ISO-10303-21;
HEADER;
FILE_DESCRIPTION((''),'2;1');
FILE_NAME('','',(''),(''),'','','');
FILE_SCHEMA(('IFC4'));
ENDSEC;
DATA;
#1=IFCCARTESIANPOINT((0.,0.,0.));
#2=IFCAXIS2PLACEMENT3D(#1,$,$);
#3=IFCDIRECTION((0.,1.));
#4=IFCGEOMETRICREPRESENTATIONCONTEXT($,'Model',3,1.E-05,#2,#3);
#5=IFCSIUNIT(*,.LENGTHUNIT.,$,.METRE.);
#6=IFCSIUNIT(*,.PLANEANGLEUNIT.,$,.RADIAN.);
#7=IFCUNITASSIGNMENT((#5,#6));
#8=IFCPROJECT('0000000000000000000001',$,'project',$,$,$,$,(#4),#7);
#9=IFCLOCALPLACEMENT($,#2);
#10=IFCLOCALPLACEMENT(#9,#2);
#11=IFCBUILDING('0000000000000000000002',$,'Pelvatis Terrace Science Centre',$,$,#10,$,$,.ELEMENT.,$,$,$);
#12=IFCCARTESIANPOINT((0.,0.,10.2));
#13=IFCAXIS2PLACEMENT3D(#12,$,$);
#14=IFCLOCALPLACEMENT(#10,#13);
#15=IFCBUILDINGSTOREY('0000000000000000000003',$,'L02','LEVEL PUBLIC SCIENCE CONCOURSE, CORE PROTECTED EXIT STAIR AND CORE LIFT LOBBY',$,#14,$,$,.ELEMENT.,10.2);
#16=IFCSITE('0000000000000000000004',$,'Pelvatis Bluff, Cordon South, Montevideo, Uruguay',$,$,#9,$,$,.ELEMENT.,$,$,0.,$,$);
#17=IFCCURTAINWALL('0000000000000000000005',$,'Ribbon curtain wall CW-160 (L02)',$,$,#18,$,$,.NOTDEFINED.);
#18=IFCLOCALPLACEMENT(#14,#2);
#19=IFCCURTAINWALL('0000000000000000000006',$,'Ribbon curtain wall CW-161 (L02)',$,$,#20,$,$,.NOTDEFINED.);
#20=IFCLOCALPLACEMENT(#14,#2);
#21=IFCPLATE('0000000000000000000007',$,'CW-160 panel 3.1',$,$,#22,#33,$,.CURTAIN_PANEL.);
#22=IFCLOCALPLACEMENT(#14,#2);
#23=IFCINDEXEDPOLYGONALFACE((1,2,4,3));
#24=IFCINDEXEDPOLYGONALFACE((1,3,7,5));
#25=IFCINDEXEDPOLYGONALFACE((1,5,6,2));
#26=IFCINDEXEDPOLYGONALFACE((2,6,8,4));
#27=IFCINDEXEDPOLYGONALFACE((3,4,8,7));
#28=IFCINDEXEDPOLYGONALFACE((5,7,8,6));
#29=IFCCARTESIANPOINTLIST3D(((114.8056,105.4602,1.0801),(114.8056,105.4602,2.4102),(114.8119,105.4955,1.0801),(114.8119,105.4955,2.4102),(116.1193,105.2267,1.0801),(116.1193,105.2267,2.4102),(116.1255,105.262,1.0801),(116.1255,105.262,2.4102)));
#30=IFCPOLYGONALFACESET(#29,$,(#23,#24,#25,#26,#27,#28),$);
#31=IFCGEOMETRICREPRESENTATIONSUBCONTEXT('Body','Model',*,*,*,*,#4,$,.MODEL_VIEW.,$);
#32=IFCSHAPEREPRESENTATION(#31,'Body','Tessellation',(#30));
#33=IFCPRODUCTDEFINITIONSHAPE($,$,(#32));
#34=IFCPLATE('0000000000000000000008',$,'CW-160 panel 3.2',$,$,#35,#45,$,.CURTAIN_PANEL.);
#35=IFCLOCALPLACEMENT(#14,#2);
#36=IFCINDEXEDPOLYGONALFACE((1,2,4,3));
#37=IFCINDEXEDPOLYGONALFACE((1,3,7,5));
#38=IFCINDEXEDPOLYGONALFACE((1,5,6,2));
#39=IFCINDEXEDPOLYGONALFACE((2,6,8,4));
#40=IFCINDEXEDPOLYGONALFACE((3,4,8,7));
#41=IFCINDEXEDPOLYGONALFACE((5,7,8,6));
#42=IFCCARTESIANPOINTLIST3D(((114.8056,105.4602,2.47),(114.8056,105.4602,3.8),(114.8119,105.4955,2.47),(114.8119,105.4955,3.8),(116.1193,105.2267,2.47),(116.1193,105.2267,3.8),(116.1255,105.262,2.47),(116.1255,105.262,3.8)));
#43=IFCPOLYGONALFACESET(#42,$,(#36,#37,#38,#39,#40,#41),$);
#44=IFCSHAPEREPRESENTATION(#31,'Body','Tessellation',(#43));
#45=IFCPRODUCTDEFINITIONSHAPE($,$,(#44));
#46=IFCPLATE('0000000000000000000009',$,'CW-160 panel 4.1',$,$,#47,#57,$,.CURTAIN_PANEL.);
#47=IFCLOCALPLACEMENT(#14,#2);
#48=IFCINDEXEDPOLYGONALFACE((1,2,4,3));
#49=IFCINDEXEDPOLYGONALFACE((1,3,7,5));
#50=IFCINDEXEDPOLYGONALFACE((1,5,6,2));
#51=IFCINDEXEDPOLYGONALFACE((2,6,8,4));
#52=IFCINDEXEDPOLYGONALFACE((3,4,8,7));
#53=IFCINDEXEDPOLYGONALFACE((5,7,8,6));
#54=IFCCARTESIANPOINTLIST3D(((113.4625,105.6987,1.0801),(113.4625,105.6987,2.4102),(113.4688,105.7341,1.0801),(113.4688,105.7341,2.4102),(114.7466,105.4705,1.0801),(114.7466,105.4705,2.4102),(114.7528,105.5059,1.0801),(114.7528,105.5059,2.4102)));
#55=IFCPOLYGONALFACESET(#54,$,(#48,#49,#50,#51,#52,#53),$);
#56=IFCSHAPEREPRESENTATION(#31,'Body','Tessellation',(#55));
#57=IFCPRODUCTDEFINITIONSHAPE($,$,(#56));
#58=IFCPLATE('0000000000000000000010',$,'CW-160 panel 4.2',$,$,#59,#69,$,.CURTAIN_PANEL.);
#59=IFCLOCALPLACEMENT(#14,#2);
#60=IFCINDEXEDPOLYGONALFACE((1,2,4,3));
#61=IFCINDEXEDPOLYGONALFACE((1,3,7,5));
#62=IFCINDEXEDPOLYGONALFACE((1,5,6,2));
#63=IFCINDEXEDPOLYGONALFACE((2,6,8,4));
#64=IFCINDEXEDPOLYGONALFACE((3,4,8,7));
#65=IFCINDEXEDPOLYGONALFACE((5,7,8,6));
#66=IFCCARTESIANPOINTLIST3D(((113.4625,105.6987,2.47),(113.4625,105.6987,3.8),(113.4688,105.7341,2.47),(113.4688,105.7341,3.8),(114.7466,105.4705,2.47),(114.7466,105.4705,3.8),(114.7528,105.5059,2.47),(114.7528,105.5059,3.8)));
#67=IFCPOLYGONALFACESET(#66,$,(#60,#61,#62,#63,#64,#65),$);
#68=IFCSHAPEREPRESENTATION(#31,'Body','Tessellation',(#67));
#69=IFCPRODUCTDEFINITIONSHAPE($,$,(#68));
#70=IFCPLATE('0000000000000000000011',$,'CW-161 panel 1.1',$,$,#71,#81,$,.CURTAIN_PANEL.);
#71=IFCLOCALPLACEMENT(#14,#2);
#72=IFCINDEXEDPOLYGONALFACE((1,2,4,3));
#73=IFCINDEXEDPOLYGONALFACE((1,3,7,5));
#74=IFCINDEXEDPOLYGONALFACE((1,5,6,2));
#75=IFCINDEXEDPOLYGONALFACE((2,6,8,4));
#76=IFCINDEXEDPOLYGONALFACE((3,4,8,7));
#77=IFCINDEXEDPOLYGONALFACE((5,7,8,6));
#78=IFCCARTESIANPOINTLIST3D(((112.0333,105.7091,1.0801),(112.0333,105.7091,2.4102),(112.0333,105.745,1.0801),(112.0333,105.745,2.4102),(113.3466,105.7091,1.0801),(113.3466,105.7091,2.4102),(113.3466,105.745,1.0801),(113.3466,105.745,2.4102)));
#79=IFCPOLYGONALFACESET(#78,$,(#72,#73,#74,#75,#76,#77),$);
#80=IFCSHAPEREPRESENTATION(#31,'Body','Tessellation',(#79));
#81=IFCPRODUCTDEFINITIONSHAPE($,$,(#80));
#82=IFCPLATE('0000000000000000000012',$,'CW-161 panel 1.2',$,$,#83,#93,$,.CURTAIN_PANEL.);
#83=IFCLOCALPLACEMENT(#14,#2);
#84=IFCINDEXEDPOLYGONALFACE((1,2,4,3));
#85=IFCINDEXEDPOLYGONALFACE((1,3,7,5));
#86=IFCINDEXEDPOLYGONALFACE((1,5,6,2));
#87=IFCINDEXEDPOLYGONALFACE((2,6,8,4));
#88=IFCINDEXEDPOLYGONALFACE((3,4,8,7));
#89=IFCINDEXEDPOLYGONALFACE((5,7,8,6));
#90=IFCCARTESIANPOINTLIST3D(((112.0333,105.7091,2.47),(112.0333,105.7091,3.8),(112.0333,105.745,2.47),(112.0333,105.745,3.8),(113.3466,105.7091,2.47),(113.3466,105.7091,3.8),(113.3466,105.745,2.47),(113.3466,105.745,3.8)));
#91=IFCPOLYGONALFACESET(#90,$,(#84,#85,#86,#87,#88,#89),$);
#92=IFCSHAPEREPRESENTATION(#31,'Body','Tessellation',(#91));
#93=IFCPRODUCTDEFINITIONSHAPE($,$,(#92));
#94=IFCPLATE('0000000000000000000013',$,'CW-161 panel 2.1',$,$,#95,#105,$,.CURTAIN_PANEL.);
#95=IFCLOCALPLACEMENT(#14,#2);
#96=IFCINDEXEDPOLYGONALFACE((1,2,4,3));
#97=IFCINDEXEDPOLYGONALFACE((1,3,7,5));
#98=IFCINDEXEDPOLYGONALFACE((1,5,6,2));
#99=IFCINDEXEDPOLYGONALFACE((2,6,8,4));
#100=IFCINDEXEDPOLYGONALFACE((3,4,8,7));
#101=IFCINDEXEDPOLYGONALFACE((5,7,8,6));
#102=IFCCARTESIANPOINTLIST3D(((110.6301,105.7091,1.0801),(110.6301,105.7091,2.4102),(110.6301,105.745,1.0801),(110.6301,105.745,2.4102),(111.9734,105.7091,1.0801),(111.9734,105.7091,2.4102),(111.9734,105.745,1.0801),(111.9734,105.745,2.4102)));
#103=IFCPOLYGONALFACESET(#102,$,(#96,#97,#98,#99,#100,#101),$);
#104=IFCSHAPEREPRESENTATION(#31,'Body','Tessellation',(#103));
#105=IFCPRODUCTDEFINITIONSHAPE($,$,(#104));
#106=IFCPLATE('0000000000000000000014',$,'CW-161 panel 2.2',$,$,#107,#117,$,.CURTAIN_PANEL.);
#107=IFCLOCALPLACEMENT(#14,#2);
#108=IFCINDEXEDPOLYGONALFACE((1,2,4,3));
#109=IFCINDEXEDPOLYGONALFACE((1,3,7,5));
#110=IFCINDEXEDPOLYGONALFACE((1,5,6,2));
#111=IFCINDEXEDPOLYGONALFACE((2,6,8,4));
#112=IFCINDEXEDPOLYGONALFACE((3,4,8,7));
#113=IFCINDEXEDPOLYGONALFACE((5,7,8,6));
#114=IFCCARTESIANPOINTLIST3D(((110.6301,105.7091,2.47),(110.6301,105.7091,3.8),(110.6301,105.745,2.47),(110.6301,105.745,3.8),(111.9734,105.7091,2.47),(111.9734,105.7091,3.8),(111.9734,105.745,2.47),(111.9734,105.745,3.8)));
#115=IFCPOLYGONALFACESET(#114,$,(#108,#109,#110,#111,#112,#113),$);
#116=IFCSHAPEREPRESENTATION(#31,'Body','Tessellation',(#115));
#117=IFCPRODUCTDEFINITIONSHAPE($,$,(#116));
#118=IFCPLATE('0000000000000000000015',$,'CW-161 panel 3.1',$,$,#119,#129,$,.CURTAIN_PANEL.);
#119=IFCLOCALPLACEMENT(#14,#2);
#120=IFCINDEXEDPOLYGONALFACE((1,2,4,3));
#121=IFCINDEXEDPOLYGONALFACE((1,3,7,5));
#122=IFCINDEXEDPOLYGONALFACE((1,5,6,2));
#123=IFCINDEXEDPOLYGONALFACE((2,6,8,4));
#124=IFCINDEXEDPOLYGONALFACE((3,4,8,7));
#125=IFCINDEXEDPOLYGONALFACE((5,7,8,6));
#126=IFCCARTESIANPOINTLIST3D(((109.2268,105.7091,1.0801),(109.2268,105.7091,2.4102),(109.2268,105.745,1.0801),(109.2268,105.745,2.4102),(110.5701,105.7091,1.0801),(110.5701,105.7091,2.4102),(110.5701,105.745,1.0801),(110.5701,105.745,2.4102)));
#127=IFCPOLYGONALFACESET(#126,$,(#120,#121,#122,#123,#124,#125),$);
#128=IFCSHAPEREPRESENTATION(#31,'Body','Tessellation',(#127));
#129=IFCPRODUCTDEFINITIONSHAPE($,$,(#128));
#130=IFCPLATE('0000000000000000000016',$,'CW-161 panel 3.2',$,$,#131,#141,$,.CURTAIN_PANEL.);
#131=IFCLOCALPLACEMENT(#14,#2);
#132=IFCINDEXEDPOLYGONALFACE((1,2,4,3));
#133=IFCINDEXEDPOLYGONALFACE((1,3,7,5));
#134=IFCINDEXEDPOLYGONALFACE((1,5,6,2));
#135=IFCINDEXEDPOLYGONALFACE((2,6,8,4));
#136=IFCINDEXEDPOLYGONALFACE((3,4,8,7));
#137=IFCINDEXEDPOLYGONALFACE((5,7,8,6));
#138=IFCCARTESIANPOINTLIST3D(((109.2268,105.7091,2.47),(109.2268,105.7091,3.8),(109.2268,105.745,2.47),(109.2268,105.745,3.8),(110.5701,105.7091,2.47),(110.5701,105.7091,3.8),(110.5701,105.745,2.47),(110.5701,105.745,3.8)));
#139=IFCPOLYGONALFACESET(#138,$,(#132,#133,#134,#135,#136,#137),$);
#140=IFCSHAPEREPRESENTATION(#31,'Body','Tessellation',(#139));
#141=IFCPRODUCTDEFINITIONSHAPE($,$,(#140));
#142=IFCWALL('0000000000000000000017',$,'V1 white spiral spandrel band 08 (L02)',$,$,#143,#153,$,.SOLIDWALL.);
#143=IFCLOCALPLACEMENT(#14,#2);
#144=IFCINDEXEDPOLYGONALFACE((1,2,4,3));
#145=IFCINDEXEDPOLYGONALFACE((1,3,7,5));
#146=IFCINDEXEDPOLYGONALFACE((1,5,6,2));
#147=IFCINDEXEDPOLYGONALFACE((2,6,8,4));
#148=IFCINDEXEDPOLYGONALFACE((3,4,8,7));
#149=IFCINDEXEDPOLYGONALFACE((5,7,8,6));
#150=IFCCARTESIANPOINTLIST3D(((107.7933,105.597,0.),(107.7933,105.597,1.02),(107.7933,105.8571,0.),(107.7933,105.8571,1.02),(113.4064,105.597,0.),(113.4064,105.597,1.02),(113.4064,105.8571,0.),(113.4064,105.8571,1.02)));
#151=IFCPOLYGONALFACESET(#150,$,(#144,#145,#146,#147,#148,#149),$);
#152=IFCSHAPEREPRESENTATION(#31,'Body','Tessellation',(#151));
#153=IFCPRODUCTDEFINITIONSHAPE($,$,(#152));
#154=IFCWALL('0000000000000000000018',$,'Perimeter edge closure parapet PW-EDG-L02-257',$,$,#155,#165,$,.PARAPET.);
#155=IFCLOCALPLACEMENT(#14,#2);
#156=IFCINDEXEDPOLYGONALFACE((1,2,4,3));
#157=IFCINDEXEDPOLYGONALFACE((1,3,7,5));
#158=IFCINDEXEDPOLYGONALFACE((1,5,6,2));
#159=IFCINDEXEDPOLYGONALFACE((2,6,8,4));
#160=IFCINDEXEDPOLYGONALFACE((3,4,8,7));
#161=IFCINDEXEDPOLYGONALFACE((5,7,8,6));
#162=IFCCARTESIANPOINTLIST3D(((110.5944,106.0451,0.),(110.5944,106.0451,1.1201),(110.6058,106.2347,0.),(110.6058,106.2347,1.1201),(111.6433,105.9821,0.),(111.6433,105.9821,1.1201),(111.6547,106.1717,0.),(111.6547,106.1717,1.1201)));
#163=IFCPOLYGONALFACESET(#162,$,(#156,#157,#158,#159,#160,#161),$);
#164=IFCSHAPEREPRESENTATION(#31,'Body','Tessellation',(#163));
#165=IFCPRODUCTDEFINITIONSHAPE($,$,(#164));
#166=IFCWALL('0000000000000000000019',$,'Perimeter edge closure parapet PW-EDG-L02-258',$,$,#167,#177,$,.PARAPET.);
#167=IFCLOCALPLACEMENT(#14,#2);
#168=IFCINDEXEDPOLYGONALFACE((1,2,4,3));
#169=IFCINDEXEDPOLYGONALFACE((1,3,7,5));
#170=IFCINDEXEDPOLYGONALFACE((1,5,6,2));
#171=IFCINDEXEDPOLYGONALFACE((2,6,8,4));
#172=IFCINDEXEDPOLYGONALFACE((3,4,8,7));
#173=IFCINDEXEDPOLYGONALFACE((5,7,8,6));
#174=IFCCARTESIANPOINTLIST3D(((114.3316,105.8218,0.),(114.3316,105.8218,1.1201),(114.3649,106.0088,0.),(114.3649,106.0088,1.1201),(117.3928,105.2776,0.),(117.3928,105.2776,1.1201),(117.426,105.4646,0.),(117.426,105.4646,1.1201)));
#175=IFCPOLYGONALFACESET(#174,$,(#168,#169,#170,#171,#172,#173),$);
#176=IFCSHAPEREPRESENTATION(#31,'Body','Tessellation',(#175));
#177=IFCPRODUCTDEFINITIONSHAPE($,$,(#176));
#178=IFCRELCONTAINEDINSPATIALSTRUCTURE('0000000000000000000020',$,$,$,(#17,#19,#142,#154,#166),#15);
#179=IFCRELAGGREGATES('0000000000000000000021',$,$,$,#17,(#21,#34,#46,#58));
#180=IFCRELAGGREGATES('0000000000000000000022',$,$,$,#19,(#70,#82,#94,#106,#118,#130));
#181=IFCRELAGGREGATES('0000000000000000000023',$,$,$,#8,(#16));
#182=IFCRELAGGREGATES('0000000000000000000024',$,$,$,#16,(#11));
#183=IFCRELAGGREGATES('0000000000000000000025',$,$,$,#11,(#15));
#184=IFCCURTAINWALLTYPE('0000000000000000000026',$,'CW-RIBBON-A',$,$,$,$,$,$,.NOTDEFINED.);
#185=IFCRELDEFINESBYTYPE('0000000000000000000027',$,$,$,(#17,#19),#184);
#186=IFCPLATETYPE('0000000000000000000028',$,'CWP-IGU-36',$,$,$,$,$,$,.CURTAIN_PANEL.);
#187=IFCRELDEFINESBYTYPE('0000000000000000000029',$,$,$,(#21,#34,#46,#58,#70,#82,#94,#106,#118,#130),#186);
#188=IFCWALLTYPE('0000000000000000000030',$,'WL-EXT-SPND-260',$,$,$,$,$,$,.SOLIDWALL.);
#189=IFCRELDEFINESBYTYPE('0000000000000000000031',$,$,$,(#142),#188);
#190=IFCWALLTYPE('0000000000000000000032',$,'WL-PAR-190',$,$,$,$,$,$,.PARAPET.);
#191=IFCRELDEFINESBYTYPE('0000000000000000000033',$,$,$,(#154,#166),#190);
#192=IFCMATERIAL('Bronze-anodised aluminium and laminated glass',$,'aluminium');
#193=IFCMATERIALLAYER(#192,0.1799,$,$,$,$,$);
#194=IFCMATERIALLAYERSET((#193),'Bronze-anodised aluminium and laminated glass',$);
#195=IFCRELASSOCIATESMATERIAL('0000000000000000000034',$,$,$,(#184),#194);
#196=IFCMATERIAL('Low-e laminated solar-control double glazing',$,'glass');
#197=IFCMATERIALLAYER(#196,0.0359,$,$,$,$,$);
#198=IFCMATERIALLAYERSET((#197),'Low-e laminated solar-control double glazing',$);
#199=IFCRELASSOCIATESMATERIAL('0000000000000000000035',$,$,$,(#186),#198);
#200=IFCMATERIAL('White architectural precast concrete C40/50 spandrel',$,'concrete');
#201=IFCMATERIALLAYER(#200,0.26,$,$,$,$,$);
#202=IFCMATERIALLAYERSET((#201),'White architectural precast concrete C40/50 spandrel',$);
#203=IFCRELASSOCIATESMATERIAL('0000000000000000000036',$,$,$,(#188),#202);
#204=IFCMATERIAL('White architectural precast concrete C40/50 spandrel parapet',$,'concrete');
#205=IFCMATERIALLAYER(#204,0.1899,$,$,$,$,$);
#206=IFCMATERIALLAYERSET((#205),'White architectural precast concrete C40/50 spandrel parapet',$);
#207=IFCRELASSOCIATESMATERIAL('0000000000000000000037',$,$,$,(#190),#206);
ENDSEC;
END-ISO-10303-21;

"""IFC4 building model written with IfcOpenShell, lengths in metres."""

from ifc_helpers import new_model, si_unit, direction, frame, frame_2d, origin, origin_2d, place, context, subcontext, project, spatial, rectangle, extrude, material, layer, layer_set, type_object, element, aggregate, save


model = new_model("IFC4")

# Units and contexts
model_context = context("Model", 3, precision=1e-05, world=origin(), true_north=direction((0.0, 1.0)))
body_context = subcontext(model_context, "Body", "Model", "MODEL_VIEW")
ifc_project = project(units=[si_unit("LENGTHUNIT", "METRE"), si_unit("PLANEANGLEUNIT", "RADIAN")], contexts=[model_context])

# Site, building, storey
site_placement = place(None, origin())
site = spatial("IfcSite", under=ifc_project, at=site_placement, Name="Pelvatis Bluff, Cordon South, Montevideo, Uruguay", CompositionType="ELEMENT", RefElevation=0.0)
building_placement = place(site_placement, origin())
building = spatial("IfcBuilding", under=site, at=building_placement, Name="Pelvatis Terrace Science Centre", CompositionType="ELEMENT")
storey_placement = place(building_placement, frame((0.0, 0.0, 10.2)))
storey = spatial("IfcBuildingStorey", under=building, at=storey_placement, Name="L02", Description="LEVEL PUBLIC SCIENCE CONCOURSE, CORE PROTECTED EXIT STAIR AND CORE LIFT LOBBY", CompositionType="ELEMENT", Elevation=10.2)

# Curtain walls
ifc_material_1 = material(Name="Bronze-anodised aluminium and laminated glass", Category="aluminium")
ifc_layer_1 = layer(ifc_material_1, 0.1799)
ifc_layer_set_1 = layer_set([ifc_layer_1], Name="Bronze-anodised aluminium and laminated glass")
curtain_wall_type = type_object("IfcCurtainWallType", Name="CW-RIBBON-A", PredefinedType="NOTDEFINED", material=ifc_layer_set_1)
curtain_wall_1_placement = place(storey_placement, origin())
curtain_wall_1 = element("IfcCurtainWall", 1, at=curtain_wall_1_placement, inside=storey, type_object=curtain_wall_type, Name="Ribbon curtain wall CW-160 (L02)", PredefinedType="NOTDEFINED")
curtain_wall_2_placement = place(storey_placement, origin())
curtain_wall_2 = element("IfcCurtainWall", 2, at=curtain_wall_2_placement, inside=storey, type_object=curtain_wall_type, Name="Ribbon curtain wall CW-161 (L02)", PredefinedType="NOTDEFINED")

# Plates
ifc_material_2 = material(Name="Low-e laminated solar-control double glazing", Category="glass")
ifc_layer_2 = layer(ifc_material_2, 0.0359)
ifc_layer_set_2 = layer_set([ifc_layer_2], Name="Low-e laminated solar-control double glazing")
plate_type = type_object("IfcPlateType", Name="CWP-IGU-36", PredefinedType="CURTAIN_PANEL", material=ifc_layer_set_2)
plate_1_placement = place(storey_placement, frame((115.4656, 105.3611, 1.0801), z_axis=(0.0, 0.0, 1.0), x_axis=(-0.984571, 0.174983, 0.0)))
plate_1 = element("IfcPlate", 3, at=plate_1_placement, type_object=plate_type, Name="CW-160 panel 3.1", PredefinedType="CURTAIN_PANEL", context=body_context, shape_type="SweptSolid", body=[
    extrude(rectangle(XDim=1.3342, YDim=0.0359, at=origin_2d()), origin(), (0.0, 0.0, 1.0), 1.3301),
])
plate_2_placement = place(storey_placement, frame((115.4656, 105.3611, 2.47), z_axis=(0.0, 0.0, 1.0), x_axis=(-0.984571, 0.174983, 0.0)))
plate_2 = element("IfcPlate", 4, at=plate_2_placement, type_object=plate_type, Name="CW-160 panel 3.2", PredefinedType="CURTAIN_PANEL", context=body_context, shape_type="SweptSolid", body=[
    extrude(rectangle(XDim=1.3342, YDim=0.0359, at=origin_2d()), origin(), (0.0, 0.0, 1.0), 1.3301),
])
plate_3_placement = place(storey_placement, frame((114.1077, 105.6023, 1.0801), z_axis=(0.0, 0.0, 1.0), x_axis=(-0.984571, 0.174983, 0.0)))
plate_3 = element("IfcPlate", 5, at=plate_3_placement, type_object=plate_type, Name="CW-160 panel 4.1", PredefinedType="CURTAIN_PANEL", context=body_context, shape_type="SweptSolid", body=[
    extrude(rectangle(XDim=1.3042, YDim=0.0359, at=origin_2d()), origin(), (0.0, 0.0, 1.0), 1.3301),
])
plate_4_placement = place(storey_placement, frame((114.1077, 105.6023, 2.47), z_axis=(0.0, 0.0, 1.0), x_axis=(-0.984571, 0.174983, 0.0)))
plate_4 = element("IfcPlate", 6, at=plate_4_placement, type_object=plate_type, Name="CW-160 panel 4.2", PredefinedType="CURTAIN_PANEL", context=body_context, shape_type="SweptSolid", body=[
    extrude(rectangle(XDim=1.3042, YDim=0.0359, at=origin_2d()), origin(), (0.0, 0.0, 1.0), 1.3301),
])
aggregate(curtain_wall_1, [plate_1, plate_2, plate_3, plate_4])
plate_5_placement = place(storey_placement, frame((112.6899, 105.7271, 1.0801), z_axis=(0.0, 0.0, 1.0), x_axis=(-1.0, 0.0, 0.0)))
plate_5 = element("IfcPlate", 7, at=plate_5_placement, type_object=plate_type, Name="CW-161 panel 1.1", PredefinedType="CURTAIN_PANEL", context=body_context, shape_type="SweptSolid", body=[
    extrude(rectangle(XDim=1.3132, YDim=0.0359, at=origin_2d()), origin(), (0.0, 0.0, 1.0), 1.3301),
])
plate_6_placement = place(storey_placement, frame((112.6899, 105.7271, 2.47), z_axis=(0.0, 0.0, 1.0), x_axis=(-1.0, 0.0, 0.0)))
plate_6 = element("IfcPlate", 8, at=plate_6_placement, type_object=plate_type, Name="CW-161 panel 1.2", PredefinedType="CURTAIN_PANEL", context=body_context, shape_type="SweptSolid", body=[
    extrude(rectangle(XDim=1.3132, YDim=0.0359, at=origin_2d()), origin(), (0.0, 0.0, 1.0), 1.3301),
])
plate_7_placement = place(storey_placement, frame((111.3018, 105.7271, 1.0801), z_axis=(0.0, 0.0, 1.0), x_axis=(-1.0, 0.0, 0.0)))
plate_7 = element("IfcPlate", 9, at=plate_7_placement, type_object=plate_type, Name="CW-161 panel 2.1", PredefinedType="CURTAIN_PANEL", context=body_context, shape_type="SweptSolid", body=[
    extrude(rectangle(XDim=1.3433, YDim=0.0359, at=origin_2d()), origin(), (0.0, 0.0, 1.0), 1.3301),
])
plate_8_placement = place(storey_placement, frame((111.3018, 105.7271, 2.47), z_axis=(0.0, 0.0, 1.0), x_axis=(-1.0, 0.0, 0.0)))
plate_8 = element("IfcPlate", 10, at=plate_8_placement, type_object=plate_type, Name="CW-161 panel 2.2", PredefinedType="CURTAIN_PANEL", context=body_context, shape_type="SweptSolid", body=[
    extrude(rectangle(XDim=1.3433, YDim=0.0359, at=origin_2d()), origin(), (0.0, 0.0, 1.0), 1.3301),
])
plate_9_placement = place(storey_placement, frame((109.8984, 105.7271, 1.0801), z_axis=(0.0, 0.0, 1.0), x_axis=(-1.0, 0.0, 0.0)))
plate_9 = element("IfcPlate", 11, at=plate_9_placement, type_object=plate_type, Name="CW-161 panel 3.1", PredefinedType="CURTAIN_PANEL", context=body_context, shape_type="SweptSolid", body=[
    extrude(rectangle(XDim=1.3433, YDim=0.0359, at=origin_2d()), origin(), (0.0, 0.0, 1.0), 1.3301),
])
plate_10_placement = place(storey_placement, frame((109.8984, 105.7271, 2.47), z_axis=(0.0, 0.0, 1.0), x_axis=(-1.0, 0.0, 0.0)))
plate_10 = element("IfcPlate", 12, at=plate_10_placement, type_object=plate_type, Name="CW-161 panel 3.2", PredefinedType="CURTAIN_PANEL", context=body_context, shape_type="SweptSolid", body=[
    extrude(rectangle(XDim=1.3433, YDim=0.0359, at=origin_2d()), origin(), (0.0, 0.0, 1.0), 1.3301),
])
aggregate(curtain_wall_2, [plate_5, plate_6, plate_7, plate_8, plate_9, plate_10])

# Walls
ifc_material_3 = material(Name="White architectural precast concrete C40/50 spandrel", Category="concrete")
ifc_layer_3 = layer(ifc_material_3, 0.26)
ifc_layer_set_3 = layer_set([ifc_layer_3], Name="White architectural precast concrete C40/50 spandrel")
wall_type_1 = type_object("IfcWallType", Name="WL-EXT-SPND-260", PredefinedType="SOLIDWALL", material=ifc_layer_set_3)
wall_1_placement = place(storey_placement, frame((113.4065, 105.7271, 0.0), z_axis=(0.0, 0.0, 1.0), x_axis=(-1.0, 0.0, 0.0)))
element("IfcWall", 13, at=wall_1_placement, inside=storey, type_object=wall_type_1, Name="V1 white spiral spandrel band 08 (L02)", PredefinedType="SOLIDWALL", context=body_context, shape_type="SweptSolid", body=[
    extrude(rectangle(XDim=5.613, YDim=0.26, at=frame_2d((2.8066, 0.0))), origin(), (0.0, 0.0, 1.0), 1.02),
])
ifc_material_4 = material(Name="White architectural precast concrete C40/50 spandrel parapet", Category="concrete")
ifc_layer_4 = layer(ifc_material_4, 0.1899)
ifc_layer_set_4 = layer_set([ifc_layer_4], Name="White architectural precast concrete C40/50 spandrel parapet")
wall_type_2 = type_object("IfcWallType", Name="WL-PAR-190", PredefinedType="PARAPET", material=ifc_layer_set_4)
wall_2_placement = place(storey_placement, frame((110.6001, 106.1399, 0.0), z_axis=(0.0, 0.0, 1.0), x_axis=(0.998202, -0.059948, 0.0)))
element("IfcWall", 14, at=wall_2_placement, inside=storey, type_object=wall_type_2, Name="Perimeter edge closure parapet PW-EDG-L02-257", PredefinedType="PARAPET", context=body_context, shape_type="SweptSolid", body=[
    extrude(rectangle(XDim=1.0508, YDim=0.1899, at=frame_2d((0.5254, 0.0))), origin(), (0.0, 0.0, 1.0), 1.1201),
])
wall_3_placement = place(storey_placement, frame((114.3481, 105.9153, 0.0), z_axis=(0.0, 0.0, 1.0), x_axis=(0.984562, -0.175035, 0.0)))
element("IfcWall", 15, at=wall_3_placement, inside=storey, type_object=wall_type_2, Name="Perimeter edge closure parapet PW-EDG-L02-258", PredefinedType="PARAPET", context=body_context, shape_type="SweptSolid", body=[
    extrude(rectangle(XDim=3.1091, YDim=0.1899, at=frame_2d((1.5547, 0.0))), origin(), (0.0, 0.0, 1.0), 1.1201),
])

save(model, "model.ifc")
